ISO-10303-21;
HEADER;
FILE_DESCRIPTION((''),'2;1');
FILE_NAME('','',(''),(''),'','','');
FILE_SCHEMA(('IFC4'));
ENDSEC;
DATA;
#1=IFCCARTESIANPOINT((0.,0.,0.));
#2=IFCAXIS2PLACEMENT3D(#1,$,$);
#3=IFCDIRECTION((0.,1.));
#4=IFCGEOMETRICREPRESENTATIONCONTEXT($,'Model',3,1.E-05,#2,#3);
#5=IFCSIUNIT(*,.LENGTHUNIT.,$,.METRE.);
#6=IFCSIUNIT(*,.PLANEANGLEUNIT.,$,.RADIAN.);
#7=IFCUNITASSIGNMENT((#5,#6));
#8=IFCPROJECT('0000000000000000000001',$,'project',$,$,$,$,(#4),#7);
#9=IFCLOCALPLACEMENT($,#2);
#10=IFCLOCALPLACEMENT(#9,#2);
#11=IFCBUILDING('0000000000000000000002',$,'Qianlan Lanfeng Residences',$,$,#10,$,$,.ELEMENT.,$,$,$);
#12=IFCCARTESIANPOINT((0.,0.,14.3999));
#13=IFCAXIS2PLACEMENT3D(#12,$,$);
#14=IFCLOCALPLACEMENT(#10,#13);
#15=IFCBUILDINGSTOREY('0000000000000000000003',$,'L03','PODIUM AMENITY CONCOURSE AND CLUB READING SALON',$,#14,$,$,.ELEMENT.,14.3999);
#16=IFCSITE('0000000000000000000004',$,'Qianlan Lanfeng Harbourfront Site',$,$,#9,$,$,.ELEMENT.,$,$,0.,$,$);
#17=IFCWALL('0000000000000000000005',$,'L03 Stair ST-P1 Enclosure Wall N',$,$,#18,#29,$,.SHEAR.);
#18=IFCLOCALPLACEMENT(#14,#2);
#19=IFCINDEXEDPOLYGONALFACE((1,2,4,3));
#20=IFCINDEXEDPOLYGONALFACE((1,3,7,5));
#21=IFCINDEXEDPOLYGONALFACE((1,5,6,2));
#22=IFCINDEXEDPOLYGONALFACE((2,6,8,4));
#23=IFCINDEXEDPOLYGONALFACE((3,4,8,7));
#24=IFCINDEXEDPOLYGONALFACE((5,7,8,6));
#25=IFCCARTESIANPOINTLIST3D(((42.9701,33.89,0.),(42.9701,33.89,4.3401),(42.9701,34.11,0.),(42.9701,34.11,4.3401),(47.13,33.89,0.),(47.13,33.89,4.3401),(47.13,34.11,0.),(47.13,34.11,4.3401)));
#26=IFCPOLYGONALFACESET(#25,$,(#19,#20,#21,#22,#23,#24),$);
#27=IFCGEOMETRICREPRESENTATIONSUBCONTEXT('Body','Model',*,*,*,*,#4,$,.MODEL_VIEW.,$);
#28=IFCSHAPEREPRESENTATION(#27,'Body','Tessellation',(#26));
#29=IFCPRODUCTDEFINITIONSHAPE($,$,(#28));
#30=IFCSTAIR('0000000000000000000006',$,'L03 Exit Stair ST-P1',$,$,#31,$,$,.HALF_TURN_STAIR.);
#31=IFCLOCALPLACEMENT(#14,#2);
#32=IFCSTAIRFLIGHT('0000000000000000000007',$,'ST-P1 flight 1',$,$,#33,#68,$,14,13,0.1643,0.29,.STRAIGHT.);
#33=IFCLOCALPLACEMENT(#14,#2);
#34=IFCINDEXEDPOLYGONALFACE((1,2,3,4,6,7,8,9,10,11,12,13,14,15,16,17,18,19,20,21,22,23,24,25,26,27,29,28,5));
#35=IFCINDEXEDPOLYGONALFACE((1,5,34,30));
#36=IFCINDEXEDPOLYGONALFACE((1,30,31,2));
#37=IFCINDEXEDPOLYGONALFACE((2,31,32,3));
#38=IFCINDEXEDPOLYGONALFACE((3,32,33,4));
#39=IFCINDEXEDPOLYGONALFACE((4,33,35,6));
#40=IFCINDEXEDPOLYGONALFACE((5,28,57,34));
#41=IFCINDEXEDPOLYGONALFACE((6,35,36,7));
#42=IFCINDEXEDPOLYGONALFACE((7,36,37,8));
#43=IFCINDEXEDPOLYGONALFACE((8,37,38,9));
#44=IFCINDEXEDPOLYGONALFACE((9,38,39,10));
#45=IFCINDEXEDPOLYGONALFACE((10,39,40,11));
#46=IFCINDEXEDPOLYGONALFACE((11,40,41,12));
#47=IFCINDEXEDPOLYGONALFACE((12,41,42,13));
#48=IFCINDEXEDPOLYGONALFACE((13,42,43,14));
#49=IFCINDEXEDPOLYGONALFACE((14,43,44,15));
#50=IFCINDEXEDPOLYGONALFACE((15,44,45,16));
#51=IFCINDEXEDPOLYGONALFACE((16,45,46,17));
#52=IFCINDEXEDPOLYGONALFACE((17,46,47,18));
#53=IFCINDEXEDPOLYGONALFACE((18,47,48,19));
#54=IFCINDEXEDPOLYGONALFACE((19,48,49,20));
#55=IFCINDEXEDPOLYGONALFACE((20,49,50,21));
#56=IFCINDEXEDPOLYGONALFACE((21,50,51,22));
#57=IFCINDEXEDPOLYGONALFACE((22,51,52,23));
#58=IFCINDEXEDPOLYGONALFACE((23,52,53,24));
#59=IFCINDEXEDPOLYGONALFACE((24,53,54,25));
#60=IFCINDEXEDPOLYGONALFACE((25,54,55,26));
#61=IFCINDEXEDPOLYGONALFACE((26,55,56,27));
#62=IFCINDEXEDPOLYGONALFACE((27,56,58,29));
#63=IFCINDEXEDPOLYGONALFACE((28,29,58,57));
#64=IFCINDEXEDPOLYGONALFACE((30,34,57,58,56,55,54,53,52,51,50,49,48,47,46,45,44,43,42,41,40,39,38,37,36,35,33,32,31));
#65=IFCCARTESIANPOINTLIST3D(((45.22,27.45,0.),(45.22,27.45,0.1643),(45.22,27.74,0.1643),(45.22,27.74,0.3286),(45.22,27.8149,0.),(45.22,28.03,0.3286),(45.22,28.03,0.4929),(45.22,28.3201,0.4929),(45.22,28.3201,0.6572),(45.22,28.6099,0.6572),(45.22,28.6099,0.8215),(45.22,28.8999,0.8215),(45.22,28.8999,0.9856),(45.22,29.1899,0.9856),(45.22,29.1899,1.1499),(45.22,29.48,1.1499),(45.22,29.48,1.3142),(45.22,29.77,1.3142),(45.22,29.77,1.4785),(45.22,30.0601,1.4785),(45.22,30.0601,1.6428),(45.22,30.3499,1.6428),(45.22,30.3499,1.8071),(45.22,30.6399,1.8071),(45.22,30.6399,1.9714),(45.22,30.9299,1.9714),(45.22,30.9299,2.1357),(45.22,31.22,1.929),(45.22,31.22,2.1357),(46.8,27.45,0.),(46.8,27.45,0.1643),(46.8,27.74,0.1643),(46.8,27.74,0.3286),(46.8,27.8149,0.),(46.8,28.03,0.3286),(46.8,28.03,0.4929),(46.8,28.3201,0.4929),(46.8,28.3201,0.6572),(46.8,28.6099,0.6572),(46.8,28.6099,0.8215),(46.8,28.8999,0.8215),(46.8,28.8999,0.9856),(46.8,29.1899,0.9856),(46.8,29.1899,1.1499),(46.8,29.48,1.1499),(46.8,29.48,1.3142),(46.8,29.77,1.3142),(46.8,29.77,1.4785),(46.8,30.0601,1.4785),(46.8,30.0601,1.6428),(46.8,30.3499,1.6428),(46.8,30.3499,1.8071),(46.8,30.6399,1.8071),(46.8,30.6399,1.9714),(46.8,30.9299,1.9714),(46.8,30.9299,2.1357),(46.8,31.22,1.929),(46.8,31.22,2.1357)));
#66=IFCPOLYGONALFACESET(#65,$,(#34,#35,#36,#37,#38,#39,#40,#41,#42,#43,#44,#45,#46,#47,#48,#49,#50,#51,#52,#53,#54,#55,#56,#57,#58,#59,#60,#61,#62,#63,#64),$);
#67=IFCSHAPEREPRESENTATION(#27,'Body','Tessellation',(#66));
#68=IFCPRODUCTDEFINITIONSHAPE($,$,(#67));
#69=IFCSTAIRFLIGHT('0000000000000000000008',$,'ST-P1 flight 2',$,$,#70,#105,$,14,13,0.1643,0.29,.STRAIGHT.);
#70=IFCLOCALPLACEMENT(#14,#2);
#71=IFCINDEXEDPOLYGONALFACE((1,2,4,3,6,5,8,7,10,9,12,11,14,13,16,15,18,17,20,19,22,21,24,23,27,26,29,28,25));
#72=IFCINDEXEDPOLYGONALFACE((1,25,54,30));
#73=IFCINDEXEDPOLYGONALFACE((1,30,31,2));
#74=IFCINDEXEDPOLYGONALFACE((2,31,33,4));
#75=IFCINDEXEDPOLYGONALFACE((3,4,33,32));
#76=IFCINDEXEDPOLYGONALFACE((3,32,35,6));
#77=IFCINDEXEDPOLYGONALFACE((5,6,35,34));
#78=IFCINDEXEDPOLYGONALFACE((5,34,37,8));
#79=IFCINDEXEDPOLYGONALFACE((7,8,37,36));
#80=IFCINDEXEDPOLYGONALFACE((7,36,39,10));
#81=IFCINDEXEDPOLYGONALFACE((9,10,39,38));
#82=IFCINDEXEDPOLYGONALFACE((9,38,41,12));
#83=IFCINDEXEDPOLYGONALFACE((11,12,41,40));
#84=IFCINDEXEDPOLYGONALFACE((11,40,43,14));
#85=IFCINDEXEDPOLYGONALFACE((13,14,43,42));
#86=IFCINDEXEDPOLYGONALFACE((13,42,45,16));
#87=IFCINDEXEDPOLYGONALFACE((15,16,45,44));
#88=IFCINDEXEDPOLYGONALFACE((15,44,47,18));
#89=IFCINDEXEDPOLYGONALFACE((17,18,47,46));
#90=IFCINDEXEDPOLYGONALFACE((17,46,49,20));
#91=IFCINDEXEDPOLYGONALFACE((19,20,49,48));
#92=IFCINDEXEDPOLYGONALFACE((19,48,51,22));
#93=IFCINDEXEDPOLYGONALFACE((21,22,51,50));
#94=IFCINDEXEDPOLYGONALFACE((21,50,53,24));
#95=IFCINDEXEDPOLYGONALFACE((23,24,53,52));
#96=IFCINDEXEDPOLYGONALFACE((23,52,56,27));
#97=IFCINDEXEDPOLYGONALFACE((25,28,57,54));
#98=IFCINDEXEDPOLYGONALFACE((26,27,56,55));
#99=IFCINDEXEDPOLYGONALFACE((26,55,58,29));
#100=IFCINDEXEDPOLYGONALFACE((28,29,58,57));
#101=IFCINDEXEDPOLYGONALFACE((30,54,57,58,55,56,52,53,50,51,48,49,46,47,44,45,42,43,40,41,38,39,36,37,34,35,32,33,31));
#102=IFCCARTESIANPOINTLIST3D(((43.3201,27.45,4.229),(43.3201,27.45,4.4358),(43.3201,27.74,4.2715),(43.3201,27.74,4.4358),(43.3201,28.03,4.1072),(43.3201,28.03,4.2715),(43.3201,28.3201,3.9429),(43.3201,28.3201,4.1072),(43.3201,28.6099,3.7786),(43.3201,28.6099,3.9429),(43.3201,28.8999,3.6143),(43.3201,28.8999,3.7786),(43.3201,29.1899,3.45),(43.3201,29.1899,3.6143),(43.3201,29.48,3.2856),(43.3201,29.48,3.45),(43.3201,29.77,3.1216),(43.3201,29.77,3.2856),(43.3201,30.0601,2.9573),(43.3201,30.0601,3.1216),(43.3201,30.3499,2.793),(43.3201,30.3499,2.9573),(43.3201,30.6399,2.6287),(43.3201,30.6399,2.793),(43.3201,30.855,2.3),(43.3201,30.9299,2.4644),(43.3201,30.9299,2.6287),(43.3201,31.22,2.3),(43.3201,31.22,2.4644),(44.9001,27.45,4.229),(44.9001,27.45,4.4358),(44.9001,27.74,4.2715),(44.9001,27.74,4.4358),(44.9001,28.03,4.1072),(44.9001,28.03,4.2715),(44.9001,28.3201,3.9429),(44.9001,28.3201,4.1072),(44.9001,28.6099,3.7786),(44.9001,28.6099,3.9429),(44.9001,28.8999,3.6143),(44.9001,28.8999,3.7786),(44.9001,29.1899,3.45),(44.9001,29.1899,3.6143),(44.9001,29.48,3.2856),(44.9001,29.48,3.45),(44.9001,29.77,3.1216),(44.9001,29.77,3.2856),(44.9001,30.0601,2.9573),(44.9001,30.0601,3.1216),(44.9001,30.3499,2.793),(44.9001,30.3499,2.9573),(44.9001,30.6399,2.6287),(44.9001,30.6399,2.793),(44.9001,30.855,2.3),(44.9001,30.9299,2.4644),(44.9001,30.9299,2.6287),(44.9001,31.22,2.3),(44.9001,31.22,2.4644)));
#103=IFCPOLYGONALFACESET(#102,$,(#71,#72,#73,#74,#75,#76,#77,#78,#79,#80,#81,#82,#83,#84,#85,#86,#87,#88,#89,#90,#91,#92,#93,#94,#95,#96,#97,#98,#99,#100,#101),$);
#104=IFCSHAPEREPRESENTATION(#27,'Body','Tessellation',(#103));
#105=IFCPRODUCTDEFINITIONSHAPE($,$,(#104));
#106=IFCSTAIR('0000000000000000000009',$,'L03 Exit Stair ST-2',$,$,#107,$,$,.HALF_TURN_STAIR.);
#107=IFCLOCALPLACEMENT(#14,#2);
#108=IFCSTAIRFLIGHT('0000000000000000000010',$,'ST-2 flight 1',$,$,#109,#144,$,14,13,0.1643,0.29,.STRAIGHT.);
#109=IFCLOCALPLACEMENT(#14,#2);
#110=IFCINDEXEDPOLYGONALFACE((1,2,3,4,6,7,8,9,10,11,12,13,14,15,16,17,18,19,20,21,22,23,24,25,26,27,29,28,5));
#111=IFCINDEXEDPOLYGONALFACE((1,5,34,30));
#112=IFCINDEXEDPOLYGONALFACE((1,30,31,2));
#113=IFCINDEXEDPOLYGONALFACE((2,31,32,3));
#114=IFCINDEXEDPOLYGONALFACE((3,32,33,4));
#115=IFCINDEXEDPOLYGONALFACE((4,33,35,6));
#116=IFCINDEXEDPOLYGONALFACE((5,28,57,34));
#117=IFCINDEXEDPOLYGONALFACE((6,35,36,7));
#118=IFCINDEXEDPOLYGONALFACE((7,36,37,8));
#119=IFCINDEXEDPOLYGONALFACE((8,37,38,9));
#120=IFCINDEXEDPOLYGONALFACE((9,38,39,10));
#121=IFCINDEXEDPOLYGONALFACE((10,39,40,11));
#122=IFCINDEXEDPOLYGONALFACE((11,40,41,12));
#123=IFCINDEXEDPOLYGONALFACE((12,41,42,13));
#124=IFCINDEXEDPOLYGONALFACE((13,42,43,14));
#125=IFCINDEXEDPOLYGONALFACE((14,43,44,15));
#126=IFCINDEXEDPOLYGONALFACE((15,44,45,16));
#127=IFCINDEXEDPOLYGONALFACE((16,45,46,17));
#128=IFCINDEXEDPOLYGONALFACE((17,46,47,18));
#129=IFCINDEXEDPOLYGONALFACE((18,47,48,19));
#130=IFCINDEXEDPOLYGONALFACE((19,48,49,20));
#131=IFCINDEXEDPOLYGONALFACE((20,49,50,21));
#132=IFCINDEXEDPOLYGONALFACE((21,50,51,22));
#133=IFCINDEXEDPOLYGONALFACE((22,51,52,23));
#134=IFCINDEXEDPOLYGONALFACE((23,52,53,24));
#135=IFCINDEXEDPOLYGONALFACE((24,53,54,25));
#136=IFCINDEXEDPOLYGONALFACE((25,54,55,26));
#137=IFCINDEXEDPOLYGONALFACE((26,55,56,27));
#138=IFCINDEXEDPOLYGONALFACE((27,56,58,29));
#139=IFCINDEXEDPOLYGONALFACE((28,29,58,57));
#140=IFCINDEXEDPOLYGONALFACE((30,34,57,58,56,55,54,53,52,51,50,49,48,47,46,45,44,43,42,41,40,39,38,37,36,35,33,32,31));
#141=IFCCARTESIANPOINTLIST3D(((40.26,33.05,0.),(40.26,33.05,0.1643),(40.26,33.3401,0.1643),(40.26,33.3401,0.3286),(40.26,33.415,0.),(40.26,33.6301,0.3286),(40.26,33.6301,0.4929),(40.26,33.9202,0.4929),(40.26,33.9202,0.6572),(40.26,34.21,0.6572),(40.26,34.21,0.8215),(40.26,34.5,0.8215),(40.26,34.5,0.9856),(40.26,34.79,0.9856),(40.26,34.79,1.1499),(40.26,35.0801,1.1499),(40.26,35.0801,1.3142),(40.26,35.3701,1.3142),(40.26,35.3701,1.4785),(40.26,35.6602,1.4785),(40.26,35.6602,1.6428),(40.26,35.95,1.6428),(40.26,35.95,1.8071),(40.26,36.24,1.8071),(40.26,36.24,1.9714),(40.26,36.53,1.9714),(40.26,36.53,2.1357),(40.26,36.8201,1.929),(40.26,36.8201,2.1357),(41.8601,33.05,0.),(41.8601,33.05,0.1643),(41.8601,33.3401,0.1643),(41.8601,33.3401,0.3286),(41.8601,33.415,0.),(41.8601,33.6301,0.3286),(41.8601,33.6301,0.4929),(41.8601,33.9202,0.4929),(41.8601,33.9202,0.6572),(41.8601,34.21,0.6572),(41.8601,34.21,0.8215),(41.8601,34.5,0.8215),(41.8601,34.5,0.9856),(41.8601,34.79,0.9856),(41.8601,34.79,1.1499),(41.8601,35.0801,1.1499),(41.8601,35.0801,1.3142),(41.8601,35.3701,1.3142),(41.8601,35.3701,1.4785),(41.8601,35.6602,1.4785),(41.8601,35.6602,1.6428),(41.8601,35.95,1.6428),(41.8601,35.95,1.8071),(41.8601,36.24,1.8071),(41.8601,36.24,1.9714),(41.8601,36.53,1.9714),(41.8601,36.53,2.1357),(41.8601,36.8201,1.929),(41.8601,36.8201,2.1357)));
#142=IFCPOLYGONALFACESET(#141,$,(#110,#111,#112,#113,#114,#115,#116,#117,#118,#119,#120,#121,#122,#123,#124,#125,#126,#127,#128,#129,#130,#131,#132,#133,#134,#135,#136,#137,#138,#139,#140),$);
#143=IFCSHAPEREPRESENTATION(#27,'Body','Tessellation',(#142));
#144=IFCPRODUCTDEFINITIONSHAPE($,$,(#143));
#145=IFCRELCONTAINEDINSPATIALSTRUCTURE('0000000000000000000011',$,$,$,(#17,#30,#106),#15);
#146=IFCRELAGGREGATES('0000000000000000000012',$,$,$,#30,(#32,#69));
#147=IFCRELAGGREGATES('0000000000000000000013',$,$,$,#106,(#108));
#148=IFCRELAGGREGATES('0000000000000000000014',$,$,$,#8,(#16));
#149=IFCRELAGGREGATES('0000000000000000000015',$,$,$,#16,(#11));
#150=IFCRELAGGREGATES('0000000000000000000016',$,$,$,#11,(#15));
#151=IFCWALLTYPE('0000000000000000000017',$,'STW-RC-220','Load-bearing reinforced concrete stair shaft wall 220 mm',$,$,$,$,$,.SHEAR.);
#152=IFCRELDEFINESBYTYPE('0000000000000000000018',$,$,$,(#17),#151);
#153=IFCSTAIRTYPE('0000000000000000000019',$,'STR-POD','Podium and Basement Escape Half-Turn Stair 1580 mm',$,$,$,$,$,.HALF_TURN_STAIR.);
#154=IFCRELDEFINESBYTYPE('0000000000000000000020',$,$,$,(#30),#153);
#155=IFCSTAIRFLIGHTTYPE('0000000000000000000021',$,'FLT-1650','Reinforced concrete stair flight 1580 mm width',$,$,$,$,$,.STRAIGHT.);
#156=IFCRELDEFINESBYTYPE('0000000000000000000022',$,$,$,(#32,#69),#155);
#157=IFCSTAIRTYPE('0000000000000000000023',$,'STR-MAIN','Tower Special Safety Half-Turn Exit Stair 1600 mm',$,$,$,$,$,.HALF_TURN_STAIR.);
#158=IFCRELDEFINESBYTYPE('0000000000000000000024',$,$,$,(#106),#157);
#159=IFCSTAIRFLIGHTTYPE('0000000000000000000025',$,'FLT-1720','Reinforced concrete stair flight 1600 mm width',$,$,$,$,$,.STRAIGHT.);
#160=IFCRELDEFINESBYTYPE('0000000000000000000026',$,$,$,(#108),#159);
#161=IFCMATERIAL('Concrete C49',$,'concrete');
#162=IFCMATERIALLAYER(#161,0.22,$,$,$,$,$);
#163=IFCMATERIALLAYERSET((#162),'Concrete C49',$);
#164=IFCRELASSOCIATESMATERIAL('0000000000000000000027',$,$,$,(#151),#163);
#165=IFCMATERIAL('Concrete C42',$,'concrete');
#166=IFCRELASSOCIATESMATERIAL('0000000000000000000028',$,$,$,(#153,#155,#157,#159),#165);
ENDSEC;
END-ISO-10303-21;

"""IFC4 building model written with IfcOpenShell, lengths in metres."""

from ifc_helpers import new_model, si_unit, direction, frame, frame_2d, origin, place, context, subcontext, project, spatial, polyline, rectangle, outline, extrude, material, layer, layer_set, type_object, element, aggregate, save


model = new_model("IFC4")

# Units and contexts
model_context = context("Model", 3, precision=1e-05, world=origin(), true_north=direction((0.0, 1.0)))
body_context = subcontext(model_context, "Body", "Model", "MODEL_VIEW")
ifc_project = project(units=[si_unit("LENGTHUNIT", "METRE"), si_unit("PLANEANGLEUNIT", "RADIAN")], contexts=[model_context])

# Site, building, storey
site_placement = place(None, origin())
site = spatial("IfcSite", under=ifc_project, at=site_placement, Name="Qianlan Lanfeng Harbourfront Site", CompositionType="ELEMENT", RefElevation=0.0)
building_placement = place(site_placement, origin())
building = spatial("IfcBuilding", under=site, at=building_placement, Name="Qianlan Lanfeng Residences", CompositionType="ELEMENT")
storey_placement = place(building_placement, frame((0.0, 0.0, 14.3999)))
storey = spatial("IfcBuildingStorey", under=building, at=storey_placement, Name="L03", Description="PODIUM AMENITY CONCOURSE AND CLUB READING SALON", CompositionType="ELEMENT", Elevation=14.3999)

# Wall
ifc_material_1 = material(Name="Concrete C42", Category="concrete")
ifc_material_2 = material(Name="Concrete C49", Category="concrete")
ifc_layer_1 = layer(ifc_material_2, 0.22)
ifc_layer_set_1 = layer_set([ifc_layer_1], Name="Concrete C49")
wall_type_1 = type_object("IfcWallType", Name="STW-RC-220", Description="Load-bearing reinforced concrete stair shaft wall 220 mm", PredefinedType="SHEAR", material=ifc_layer_set_1)
wall_1_placement = place(storey_placement, frame((42.97, 34.0, 0.0), z_axis=(0.0, 0.0, 1.0), x_axis=(1.0, 0.0, 0.0)))
element("IfcWall", 1, at=wall_1_placement, inside=storey, type_object=wall_type_1, Name="L03 Stair ST-P1 Enclosure Wall N", PredefinedType="SHEAR", context=body_context, shape_type="SweptSolid", body=[
    extrude(rectangle(XDim=4.1599, YDim=0.22, at=frame_2d((2.0801, 0.0))), origin(), (0.0, 0.0, 1.0), 4.3401),
])

# Stair, stair flights
stair_type_1 = type_object("IfcStairType", Name="STR-POD", Description="Podium and Basement Escape Half-Turn Stair 1580 mm", PredefinedType="HALF_TURN_STAIR", material=ifc_material_1)
stair_1_placement = place(storey_placement, origin())
stair_1 = element("IfcStair", 2, at=stair_1_placement, inside=storey, type_object=stair_type_1, Name="L03 Exit Stair ST-P1", PredefinedType="HALF_TURN_STAIR")
stair_flight_type_1 = type_object("IfcStairFlightType", Name="FLT-1650", Description="Reinforced concrete stair flight 1580 mm width", PredefinedType="STRAIGHT", material=ifc_material_1)
stair_flight_1_placement = place(storey_placement, frame((46.01, 27.45, 0.0), z_axis=(0.0, 0.0, 1.0), x_axis=(0.0, 1.0, 0.0)))
stair_flight_1 = element("IfcStairFlight", 3, at=stair_flight_1_placement, type_object=stair_flight_type_1, Name="ST-P1 flight 1", NumberOfRisers=14, NumberOfTreads=13, PredefinedType="STRAIGHT", RiserHeight=0.1643, TreadLength=0.29, context=body_context, shape_type="SweptSolid", body=[
    extrude(outline(polyline([(0.0, 0.0), (0.0, 0.1643), (0.29, 0.1643), (0.29, 0.3286), (0.5801, 0.3286), (0.5801, 0.4929), (0.8701, 0.4929), (0.8701, 0.6572), (1.1599, 0.6572), (1.1599, 0.8215), (1.45, 0.8215), (1.45, 0.9856), (1.74, 0.9856), (1.74, 1.1499), (2.03, 1.1499), (2.03, 1.3142), (2.3201, 1.3142), (2.3201, 1.4785), (2.6101, 1.4785), (2.6101, 1.6428), (2.8999, 1.6428), (2.8999, 1.8071), (3.1899, 1.8071), (3.1899, 1.9714), (3.48, 1.9714), (3.48, 2.1357), (3.77, 2.1357), (3.77, 2.3), (3.77, 1.929), (0.365, 0.0), (0.0, 0.0)])), frame((0.0, 0.79, 0.0), z_axis=(0.0, -1.0, 0.0), x_axis=(1.0, 0.0, 0.0)), (0.0, 0.0, 1.0), 1.5801),
])
stair_flight_2_placement = place(storey_placement, frame((44.1101, 31.22, 2.3), z_axis=(0.0, 0.0, 1.0), x_axis=(0.0, -1.0, 0.0)))
stair_flight_2 = element("IfcStairFlight", 4, at=stair_flight_2_placement, type_object=stair_flight_type_1, Name="ST-P1 flight 2", NumberOfRisers=14, NumberOfTreads=13, PredefinedType="STRAIGHT", RiserHeight=0.1643, TreadLength=0.29, context=body_context, shape_type="SweptSolid", body=[
    extrude(outline(polyline([(0.0, 0.0), (0.0, 0.1643), (0.29, 0.1643), (0.29, 0.3286), (0.5801, 0.3286), (0.5801, 0.4929), (0.8701, 0.4929), (0.8701, 0.6572), (1.1599, 0.6572), (1.1599, 0.8215), (1.45, 0.8215), (1.45, 0.9856), (1.74, 0.9856), (1.74, 1.1499), (2.03, 1.1499), (2.03, 1.3142), (2.3201, 1.3142), (2.3201, 1.4785), (2.6101, 1.4785), (2.6101, 1.6428), (2.8999, 1.6428), (2.8999, 1.8071), (3.1899, 1.8071), (3.1899, 1.9714), (3.48, 1.9714), (3.48, 2.1357), (3.77, 2.1357), (3.77, 2.3), (3.77, 1.929), (0.365, 0.0), (0.0, 0.0)])), frame((0.0, 0.79, 0.0), z_axis=(0.0, -1.0, 0.0), x_axis=(1.0, 0.0, 0.0)), (0.0, 0.0, 1.0), 1.5801),
])
aggregate(stair_1, [stair_flight_1, stair_flight_2])

# Stair, stair flight
stair_type_2 = type_object("IfcStairType", Name="STR-MAIN", Description="Tower Special Safety Half-Turn Exit Stair 1600 mm", PredefinedType="HALF_TURN_STAIR", material=ifc_material_1)
stair_2_placement = place(storey_placement, origin())
stair_2 = element("IfcStair", 5, at=stair_2_placement, inside=storey, type_object=stair_type_2, Name="L03 Exit Stair ST-2", PredefinedType="HALF_TURN_STAIR")
stair_flight_type_2 = type_object("IfcStairFlightType", Name="FLT-1720", Description="Reinforced concrete stair flight 1600 mm width", PredefinedType="STRAIGHT", material=ifc_material_1)
stair_flight_3_placement = place(storey_placement, frame((41.0601, 33.05, 0.0), z_axis=(0.0, 0.0, 1.0), x_axis=(0.0, 1.0, 0.0)))
stair_flight_3 = element("IfcStairFlight", 6, at=stair_flight_3_placement, type_object=stair_flight_type_2, Name="ST-2 flight 1", NumberOfRisers=14, NumberOfTreads=13, PredefinedType="STRAIGHT", RiserHeight=0.1643, TreadLength=0.29, context=body_context, shape_type="SweptSolid", body=[
    extrude(outline(polyline([(0.0, 0.0), (0.0, 0.1643), (0.29, 0.1643), (0.29, 0.3286), (0.5801, 0.3286), (0.5801, 0.4929), (0.8701, 0.4929), (0.8701, 0.6572), (1.1599, 0.6572), (1.1599, 0.8215), (1.45, 0.8215), (1.45, 0.9856), (1.74, 0.9856), (1.74, 1.1499), (2.03, 1.1499), (2.03, 1.3142), (2.3201, 1.3142), (2.3201, 1.4785), (2.6101, 1.4785), (2.6101, 1.6428), (2.8999, 1.6428), (2.8999, 1.8071), (3.1899, 1.8071), (3.1899, 1.9714), (3.48, 1.9714), (3.48, 2.1357), (3.77, 2.1357), (3.77, 2.3), (3.77, 1.929), (0.365, 0.0), (0.0, 0.0)])), frame((0.0, 0.8, 0.0), z_axis=(0.0, -1.0, 0.0), x_axis=(1.0, 0.0, 0.0)), (0.0, 0.0, 1.0), 1.6001),
])
aggregate(stair_2, [stair_flight_3])

save(model, "model.ifc")
